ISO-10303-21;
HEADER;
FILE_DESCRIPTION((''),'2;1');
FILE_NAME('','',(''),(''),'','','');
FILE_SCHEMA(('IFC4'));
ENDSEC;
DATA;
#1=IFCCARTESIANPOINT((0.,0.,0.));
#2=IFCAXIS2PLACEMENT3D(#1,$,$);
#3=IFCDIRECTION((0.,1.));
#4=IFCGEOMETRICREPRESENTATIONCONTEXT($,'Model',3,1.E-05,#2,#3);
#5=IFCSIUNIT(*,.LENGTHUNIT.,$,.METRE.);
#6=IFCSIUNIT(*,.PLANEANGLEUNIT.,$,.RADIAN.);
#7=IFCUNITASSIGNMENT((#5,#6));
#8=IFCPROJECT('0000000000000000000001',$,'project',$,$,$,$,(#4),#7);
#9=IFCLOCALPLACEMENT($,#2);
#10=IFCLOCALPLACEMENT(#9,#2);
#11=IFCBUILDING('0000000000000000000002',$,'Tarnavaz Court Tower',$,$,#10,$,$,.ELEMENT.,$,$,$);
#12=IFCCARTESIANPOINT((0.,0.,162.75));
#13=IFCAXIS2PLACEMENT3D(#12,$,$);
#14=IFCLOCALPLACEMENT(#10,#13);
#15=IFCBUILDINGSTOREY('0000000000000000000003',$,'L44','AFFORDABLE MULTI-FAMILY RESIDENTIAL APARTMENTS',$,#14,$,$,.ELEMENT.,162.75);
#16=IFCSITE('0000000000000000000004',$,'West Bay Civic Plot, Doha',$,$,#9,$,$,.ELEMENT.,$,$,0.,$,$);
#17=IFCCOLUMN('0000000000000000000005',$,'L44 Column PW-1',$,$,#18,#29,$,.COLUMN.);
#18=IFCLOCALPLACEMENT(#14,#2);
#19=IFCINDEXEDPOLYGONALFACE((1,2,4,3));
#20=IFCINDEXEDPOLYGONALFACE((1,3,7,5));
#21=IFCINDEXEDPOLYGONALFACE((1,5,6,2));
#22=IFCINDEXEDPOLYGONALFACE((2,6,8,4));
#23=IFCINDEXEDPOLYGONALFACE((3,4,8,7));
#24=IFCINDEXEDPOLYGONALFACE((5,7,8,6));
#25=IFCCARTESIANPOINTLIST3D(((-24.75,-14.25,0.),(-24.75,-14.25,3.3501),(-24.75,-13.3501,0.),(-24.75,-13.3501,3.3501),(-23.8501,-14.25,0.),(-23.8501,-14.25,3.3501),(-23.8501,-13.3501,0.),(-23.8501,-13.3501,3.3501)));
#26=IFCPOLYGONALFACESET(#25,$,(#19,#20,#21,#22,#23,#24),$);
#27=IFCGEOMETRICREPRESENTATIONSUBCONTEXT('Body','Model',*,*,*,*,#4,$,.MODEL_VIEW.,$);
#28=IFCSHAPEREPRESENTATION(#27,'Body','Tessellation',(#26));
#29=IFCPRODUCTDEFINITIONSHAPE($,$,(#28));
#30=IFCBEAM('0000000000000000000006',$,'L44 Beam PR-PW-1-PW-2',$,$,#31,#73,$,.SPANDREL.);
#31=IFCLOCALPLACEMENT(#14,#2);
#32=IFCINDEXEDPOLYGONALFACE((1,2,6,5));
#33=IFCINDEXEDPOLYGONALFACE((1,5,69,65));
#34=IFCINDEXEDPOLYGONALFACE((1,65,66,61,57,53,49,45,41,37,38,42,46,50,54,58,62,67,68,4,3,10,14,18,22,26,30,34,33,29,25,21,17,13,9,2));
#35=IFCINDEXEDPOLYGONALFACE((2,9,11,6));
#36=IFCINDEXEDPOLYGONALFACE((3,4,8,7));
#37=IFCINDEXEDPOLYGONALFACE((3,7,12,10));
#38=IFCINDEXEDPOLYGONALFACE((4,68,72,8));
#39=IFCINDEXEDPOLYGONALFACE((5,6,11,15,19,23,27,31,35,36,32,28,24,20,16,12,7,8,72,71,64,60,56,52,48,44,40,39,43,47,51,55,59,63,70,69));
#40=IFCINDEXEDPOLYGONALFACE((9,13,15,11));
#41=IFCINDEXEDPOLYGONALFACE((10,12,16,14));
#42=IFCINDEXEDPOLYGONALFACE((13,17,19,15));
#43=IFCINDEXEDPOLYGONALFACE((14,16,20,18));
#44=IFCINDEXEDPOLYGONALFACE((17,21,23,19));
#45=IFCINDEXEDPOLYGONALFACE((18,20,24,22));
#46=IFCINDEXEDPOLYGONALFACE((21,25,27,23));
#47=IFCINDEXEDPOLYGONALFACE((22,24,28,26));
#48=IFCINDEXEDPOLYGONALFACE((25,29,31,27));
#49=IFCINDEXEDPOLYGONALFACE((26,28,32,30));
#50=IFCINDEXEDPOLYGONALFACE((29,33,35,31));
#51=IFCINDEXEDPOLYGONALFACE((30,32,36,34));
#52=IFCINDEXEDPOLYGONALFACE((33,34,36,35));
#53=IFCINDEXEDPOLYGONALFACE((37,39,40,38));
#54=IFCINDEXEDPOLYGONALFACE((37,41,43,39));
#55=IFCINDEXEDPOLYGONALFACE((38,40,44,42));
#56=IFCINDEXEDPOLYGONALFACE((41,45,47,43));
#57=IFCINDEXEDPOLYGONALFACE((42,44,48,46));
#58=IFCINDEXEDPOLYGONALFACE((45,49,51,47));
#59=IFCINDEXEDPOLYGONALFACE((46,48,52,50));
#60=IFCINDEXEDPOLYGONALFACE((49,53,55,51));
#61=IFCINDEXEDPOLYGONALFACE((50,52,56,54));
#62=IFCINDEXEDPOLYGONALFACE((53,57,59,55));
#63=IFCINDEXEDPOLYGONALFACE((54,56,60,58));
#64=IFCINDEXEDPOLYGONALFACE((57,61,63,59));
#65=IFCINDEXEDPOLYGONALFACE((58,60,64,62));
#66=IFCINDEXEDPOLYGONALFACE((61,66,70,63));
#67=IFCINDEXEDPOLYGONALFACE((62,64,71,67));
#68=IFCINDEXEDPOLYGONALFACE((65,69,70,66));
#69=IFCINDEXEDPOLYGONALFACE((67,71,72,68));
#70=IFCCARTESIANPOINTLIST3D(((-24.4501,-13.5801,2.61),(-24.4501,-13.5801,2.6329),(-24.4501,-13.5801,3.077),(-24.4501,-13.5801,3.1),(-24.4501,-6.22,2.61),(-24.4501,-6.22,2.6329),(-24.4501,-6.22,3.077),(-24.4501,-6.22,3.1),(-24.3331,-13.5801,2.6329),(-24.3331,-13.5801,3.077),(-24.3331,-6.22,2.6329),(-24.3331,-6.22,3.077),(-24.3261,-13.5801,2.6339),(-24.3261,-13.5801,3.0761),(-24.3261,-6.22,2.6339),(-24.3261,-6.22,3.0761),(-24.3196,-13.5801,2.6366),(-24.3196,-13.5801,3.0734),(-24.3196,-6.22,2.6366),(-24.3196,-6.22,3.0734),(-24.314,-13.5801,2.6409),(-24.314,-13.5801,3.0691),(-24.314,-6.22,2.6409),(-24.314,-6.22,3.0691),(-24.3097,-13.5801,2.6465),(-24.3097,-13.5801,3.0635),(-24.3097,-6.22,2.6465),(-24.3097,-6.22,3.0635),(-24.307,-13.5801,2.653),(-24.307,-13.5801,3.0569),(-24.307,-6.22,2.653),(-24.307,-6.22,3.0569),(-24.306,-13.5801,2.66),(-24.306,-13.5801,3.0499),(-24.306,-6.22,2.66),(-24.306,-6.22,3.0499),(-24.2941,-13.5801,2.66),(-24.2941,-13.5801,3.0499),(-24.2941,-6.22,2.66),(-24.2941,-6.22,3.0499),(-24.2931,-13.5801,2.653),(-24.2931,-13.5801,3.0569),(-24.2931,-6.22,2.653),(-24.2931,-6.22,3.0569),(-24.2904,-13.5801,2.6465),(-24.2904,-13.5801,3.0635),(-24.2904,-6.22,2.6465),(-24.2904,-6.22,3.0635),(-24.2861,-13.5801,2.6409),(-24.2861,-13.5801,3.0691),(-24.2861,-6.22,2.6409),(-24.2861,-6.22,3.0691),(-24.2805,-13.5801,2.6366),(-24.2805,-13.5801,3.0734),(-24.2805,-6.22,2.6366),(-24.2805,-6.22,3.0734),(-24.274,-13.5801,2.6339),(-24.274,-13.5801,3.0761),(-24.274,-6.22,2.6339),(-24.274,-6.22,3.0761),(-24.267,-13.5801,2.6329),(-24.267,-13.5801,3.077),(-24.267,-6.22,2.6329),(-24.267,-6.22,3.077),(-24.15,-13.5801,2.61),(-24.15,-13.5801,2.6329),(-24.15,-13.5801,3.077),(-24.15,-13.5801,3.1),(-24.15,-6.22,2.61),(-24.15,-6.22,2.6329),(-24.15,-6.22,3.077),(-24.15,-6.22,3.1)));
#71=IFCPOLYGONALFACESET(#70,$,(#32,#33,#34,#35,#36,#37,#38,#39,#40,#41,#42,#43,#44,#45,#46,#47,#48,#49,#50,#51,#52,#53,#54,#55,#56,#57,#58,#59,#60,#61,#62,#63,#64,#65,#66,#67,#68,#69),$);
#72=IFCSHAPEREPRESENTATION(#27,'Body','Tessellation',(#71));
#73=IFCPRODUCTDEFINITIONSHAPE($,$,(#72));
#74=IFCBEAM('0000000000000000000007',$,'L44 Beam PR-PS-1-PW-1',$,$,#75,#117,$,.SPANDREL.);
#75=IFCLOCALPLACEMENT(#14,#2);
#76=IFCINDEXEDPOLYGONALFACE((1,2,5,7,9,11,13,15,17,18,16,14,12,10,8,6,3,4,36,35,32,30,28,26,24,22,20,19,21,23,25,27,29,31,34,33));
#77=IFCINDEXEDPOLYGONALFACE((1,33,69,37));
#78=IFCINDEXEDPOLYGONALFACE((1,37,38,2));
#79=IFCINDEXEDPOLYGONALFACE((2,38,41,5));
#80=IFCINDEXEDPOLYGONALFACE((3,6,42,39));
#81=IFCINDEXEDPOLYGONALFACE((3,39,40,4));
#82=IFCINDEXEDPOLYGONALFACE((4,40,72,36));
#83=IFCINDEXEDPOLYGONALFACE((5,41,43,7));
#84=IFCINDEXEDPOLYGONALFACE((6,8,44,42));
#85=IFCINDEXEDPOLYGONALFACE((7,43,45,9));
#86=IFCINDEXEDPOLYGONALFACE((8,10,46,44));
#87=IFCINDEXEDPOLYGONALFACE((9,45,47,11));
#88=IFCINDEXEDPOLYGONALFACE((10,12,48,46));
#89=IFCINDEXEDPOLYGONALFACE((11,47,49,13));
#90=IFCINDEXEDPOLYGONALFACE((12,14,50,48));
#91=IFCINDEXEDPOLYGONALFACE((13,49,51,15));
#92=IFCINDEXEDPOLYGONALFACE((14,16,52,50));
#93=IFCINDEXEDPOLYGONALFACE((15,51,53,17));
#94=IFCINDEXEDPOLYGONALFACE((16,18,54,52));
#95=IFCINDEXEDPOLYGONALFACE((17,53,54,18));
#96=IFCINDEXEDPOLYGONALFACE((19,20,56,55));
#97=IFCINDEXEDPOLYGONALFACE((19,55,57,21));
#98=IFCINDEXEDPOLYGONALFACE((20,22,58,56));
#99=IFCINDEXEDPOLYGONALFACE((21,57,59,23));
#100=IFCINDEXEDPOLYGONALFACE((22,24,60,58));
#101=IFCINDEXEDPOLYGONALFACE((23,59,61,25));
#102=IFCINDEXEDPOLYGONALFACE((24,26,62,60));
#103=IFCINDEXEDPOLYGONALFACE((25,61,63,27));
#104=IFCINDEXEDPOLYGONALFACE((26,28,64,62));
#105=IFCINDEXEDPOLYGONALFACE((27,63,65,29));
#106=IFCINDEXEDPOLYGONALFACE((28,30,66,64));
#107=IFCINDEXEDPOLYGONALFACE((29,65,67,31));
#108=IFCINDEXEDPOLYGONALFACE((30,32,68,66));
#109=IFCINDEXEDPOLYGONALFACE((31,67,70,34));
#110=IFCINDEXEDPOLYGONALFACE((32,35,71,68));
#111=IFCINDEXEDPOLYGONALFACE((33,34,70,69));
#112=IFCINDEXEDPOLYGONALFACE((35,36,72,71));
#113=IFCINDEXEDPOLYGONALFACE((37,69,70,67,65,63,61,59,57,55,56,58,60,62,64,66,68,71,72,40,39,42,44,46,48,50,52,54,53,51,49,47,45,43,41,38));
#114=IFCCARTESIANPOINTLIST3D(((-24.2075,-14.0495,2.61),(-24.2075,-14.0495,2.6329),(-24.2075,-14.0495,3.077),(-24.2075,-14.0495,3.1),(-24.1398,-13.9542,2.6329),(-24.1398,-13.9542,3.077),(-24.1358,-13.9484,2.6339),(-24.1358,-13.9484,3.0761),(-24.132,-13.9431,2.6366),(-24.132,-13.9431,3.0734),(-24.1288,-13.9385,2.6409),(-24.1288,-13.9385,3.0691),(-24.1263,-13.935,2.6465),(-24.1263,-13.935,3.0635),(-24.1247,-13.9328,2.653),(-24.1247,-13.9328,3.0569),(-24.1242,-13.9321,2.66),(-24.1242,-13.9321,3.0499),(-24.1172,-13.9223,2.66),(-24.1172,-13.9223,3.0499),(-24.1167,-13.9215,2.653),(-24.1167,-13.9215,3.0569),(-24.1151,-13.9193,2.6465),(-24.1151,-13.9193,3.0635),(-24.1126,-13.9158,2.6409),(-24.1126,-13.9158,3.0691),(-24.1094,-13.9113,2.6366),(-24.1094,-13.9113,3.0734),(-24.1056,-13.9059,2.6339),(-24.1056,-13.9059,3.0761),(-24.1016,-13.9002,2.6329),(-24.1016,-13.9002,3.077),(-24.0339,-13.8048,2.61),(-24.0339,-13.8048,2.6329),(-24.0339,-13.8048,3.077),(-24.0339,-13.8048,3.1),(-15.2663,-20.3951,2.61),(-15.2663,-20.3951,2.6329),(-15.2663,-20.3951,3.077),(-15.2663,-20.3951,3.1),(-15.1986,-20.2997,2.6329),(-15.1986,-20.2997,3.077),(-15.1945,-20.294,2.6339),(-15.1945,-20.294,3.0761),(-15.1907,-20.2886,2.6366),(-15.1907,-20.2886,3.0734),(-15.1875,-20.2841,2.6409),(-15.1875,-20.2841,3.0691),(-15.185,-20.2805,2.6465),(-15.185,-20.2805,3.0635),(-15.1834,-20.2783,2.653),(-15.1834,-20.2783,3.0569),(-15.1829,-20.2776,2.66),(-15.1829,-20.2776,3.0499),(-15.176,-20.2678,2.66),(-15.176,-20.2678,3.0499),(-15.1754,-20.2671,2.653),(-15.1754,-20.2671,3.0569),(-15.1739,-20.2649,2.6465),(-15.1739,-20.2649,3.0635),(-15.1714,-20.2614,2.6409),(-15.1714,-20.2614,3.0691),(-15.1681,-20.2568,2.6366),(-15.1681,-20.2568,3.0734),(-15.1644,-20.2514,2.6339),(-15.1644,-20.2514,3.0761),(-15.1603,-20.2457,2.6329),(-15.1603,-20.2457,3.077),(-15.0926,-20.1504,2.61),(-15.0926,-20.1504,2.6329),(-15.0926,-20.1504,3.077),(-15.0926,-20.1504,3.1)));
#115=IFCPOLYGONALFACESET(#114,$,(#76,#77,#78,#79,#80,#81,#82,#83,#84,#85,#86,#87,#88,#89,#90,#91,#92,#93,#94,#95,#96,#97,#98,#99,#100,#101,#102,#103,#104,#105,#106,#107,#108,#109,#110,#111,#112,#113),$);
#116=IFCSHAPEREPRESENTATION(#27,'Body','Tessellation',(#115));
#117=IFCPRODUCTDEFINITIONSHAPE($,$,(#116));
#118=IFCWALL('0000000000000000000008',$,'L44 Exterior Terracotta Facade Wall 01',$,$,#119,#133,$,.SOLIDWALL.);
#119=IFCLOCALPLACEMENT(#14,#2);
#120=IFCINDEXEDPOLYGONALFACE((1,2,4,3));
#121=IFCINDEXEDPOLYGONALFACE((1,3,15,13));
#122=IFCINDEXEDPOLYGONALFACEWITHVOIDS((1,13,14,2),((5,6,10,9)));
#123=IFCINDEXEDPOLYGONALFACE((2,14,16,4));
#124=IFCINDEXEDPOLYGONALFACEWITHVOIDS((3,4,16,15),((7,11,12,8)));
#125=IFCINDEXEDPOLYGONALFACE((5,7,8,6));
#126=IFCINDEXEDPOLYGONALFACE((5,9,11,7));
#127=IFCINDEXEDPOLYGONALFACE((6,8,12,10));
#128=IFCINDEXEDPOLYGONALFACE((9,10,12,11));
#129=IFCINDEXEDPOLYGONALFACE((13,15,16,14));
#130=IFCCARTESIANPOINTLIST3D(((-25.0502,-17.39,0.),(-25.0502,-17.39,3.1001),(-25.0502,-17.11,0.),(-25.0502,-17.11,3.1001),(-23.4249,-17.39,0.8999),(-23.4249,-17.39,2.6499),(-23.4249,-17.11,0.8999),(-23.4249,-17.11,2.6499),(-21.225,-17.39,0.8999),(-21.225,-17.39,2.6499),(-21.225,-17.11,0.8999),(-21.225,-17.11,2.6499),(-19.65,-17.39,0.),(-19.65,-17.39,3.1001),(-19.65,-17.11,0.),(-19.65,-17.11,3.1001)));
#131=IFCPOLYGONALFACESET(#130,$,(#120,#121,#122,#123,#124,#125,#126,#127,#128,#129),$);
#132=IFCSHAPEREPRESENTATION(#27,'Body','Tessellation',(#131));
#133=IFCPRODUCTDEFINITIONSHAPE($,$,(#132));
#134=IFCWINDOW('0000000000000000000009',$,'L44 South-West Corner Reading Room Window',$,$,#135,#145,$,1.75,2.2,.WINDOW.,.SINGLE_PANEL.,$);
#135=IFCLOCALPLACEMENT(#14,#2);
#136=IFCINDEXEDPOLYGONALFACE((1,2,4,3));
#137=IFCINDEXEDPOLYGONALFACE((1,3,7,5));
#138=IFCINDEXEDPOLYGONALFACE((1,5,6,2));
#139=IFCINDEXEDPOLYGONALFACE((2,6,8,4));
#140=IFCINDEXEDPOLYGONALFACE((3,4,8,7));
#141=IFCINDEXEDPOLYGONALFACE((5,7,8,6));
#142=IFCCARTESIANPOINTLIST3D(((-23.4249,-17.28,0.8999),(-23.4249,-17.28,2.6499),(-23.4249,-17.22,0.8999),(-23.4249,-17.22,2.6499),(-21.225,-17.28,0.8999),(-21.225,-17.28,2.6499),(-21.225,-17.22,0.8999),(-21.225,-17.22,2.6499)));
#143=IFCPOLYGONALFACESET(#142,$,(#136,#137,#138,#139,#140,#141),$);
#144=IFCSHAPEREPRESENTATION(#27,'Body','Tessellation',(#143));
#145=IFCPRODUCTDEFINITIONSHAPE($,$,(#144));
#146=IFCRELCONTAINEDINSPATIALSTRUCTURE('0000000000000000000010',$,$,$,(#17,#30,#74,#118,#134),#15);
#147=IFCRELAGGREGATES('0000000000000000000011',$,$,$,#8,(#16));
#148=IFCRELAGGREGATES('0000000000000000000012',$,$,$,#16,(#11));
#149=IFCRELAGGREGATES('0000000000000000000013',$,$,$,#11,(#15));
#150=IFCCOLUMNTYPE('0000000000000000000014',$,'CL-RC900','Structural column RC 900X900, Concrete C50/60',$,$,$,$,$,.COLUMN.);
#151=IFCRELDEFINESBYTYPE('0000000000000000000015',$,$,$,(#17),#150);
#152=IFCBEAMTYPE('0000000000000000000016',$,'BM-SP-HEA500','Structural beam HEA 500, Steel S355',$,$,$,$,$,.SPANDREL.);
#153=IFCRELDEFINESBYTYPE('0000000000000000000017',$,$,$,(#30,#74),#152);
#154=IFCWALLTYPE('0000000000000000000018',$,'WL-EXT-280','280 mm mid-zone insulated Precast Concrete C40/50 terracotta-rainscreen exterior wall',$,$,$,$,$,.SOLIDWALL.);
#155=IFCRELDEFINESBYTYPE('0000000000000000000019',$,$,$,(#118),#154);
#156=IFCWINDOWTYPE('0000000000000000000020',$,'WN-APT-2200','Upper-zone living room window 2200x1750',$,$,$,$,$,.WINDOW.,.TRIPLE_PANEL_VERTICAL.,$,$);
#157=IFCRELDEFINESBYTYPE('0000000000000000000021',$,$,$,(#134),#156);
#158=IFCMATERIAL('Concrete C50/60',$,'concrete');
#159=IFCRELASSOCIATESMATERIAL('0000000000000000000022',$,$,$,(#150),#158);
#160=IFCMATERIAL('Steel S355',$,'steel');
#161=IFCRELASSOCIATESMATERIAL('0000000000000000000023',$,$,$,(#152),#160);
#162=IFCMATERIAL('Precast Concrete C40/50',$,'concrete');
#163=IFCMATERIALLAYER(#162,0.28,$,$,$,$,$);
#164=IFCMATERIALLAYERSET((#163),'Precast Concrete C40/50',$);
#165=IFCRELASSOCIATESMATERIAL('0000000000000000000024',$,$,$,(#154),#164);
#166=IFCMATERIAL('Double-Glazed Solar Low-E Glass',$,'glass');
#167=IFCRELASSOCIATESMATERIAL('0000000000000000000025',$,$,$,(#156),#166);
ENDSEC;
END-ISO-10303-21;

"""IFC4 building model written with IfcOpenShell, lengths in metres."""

from ifc_helpers import new_model, si_unit, direction, frame, frame_2d, origin, origin_2d, place, context, subcontext, project, spatial, rectangle, i_section, extrude, material, layer, layer_set, material_profile, profile_set, type_object, element, fill, save


model = new_model("IFC4")

# Units and contexts
model_context = context("Model", 3, precision=1e-05, world=origin(), true_north=direction((0.0, 1.0)))
body_context = subcontext(model_context, "Body", "Model", "MODEL_VIEW")
ifc_project = project(units=[si_unit("LENGTHUNIT", "METRE"), si_unit("PLANEANGLEUNIT", "RADIAN")], contexts=[model_context])

# Site, building, storey
site_placement = place(None, origin())
site = spatial("IfcSite", under=ifc_project, at=site_placement, Name="West Bay Civic Plot, Doha", CompositionType="ELEMENT", RefElevation=0.0)
building_placement = place(site_placement, origin())
building = spatial("IfcBuilding", under=site, at=building_placement, Name="Tarnavaz Court Tower", CompositionType="ELEMENT")
storey_placement = place(building_placement, frame((0.0, 0.0, 162.75)))
storey = spatial("IfcBuildingStorey", under=building, at=storey_placement, Name="L44", Description="AFFORDABLE MULTI-FAMILY RESIDENTIAL APARTMENTS", CompositionType="ELEMENT", Elevation=162.75)

# Column
ifc_material_1 = material(Name="Concrete C50/60", Category="concrete")
ifc_material_profile_1 = material_profile(ifc_material_1, rectangle(XDim=0.8999, YDim=0.8999, at=origin_2d()), Name="RC 900X900")
ifc_profile_set_1 = profile_set([ifc_material_profile_1], Name="Concrete C50/60")
column_type = type_object("IfcColumnType", Name="CL-RC900", Description="Structural column RC 900X900, Concrete C50/60", PredefinedType="COLUMN", material=ifc_profile_set_1)
column_placement = place(storey_placement, frame((-24.3, -13.8, 0.0), z_axis=(0.0, 0.0, 1.0), x_axis=(1.0, 0.0, 0.0)))
element("IfcColumn", 1, at=column_placement, inside=storey, type_object=column_type, Name="L44 Column PW-1", PredefinedType="COLUMN", context=body_context, shape_type="SweptSolid", body=[
    extrude(rectangle(XDim=0.8999, YDim=0.8999, at=origin_2d()), origin(), (0.0, 0.0, 1.0), 3.3501),
])

# Beams
ifc_material_2 = material(Name="Steel S355", Category="steel")
ifc_material_profile_2 = material_profile(ifc_material_2, i_section(OverallWidth=0.3, OverallDepth=0.49, WebThickness=0.012, FlangeThickness=0.0229, FilletRadius=0.0271, at=origin_2d()), Name="HEA 500")
ifc_profile_set_2 = profile_set([ifc_material_profile_2], Name="Steel S355")
beam_type = type_object("IfcBeamType", Name="BM-SP-HEA500", Description="Structural beam HEA 500, Steel S355", PredefinedType="SPANDREL", material=ifc_profile_set_2)
beam_1_placement = place(storey_placement, frame((-24.3, -13.5801, 2.855), z_axis=(0.0, 1.0, 0.0), x_axis=(-1.0, 0.0, 0.0)))
element("IfcBeam", 2, at=beam_1_placement, inside=storey, type_object=beam_type, Name="L44 Beam PR-PW-1-PW-2", PredefinedType="SPANDREL", context=body_context, shape_type="SweptSolid", body=[
    extrude(i_section(OverallWidth=0.3, OverallDepth=0.49, WebThickness=0.012, FlangeThickness=0.0229, FilletRadius=0.0271, at=origin_2d()), origin(), (0.0, 0.0, 1.0), 7.3601),
])
beam_2_placement = place(storey_placement, frame((-15.1794, -20.2727, 2.855), z_axis=(-0.815502, 0.578754, 0.0), x_axis=(-0.578754, -0.815502, 0.0)))
element("IfcBeam", 3, at=beam_2_placement, inside=storey, type_object=beam_type, Name="L44 Beam PR-PS-1-PW-1", PredefinedType="SPANDREL", context=body_context, shape_type="SweptSolid", body=[
    extrude(i_section(OverallWidth=0.3, OverallDepth=0.49, WebThickness=0.012, FlangeThickness=0.0229, FilletRadius=0.0271, at=origin_2d()), origin(), (0.0, 0.0, 1.0), 10.9641),
])

# Wall, opening, window
ifc_material_3 = material(Name="Precast Concrete C40/50", Category="concrete")
ifc_layer_1 = layer(ifc_material_3, 0.28)
ifc_layer_set_1 = layer_set([ifc_layer_1], Name="Precast Concrete C40/50")
wall_type_1 = type_object("IfcWallType", Name="WL-EXT-280", Description="280 mm mid-zone insulated Precast Concrete C40/50 terracotta-rainscreen exterior wall", PredefinedType="SOLIDWALL", material=ifc_layer_set_1)
wall_1_placement = place(storey_placement, frame((-19.6499, -17.25, 0.0), z_axis=(0.0, 0.0, 1.0), x_axis=(-1.0, 0.0, 0.0)))
wall_1 = element("IfcWall", 4, at=wall_1_placement, inside=storey, type_object=wall_type_1, Name="L44 Exterior Terracotta Facade Wall 01", PredefinedType="SOLIDWALL", context=body_context, shape_type="SweptSolid", body=[
    extrude(rectangle(XDim=5.4001, YDim=0.28, at=frame_2d((2.7002, 0.0))), origin(), (0.0, 0.0, 1.0), 3.1001),
])
opening_1_placement = place(wall_1_placement, frame((1.575, 0.0, 0.8999)))
opening_1 = element("IfcOpeningElement", 5, at=opening_1_placement, cuts=wall_1, PredefinedType="OPENING", context=body_context, shape_type="SweptSolid", body=[
    extrude(rectangle(XDim=2.2, YDim=1.75, at=frame_2d((1.1001, 0.875))), frame((0.0, 0.1499, 0.0), z_axis=(0.0, -1.0, 0.0), x_axis=(1.0, 0.0, 0.0)), (0.0, 0.0, 1.0), 0.3),
])
ifc_material_4 = material(Name="Double-Glazed Solar Low-E Glass", Category="glass")
window_type_1 = type_object("IfcWindowType", Name="WN-APT-2200", Description="Upper-zone living room window 2200x1750", PartitioningType="TRIPLE_PANEL_VERTICAL", PredefinedType="WINDOW", material=ifc_material_4)
window_1_placement = place(opening_1_placement, origin())
window_1 = element("IfcWindow", 6, at=window_1_placement, inside=storey, type_object=window_type_1, Name="L44 South-West Corner Reading Room Window", OverallHeight=1.75, OverallWidth=2.2, PartitioningType="SINGLE_PANEL", PredefinedType="WINDOW", context=body_context, shape_type="SweptSolid", body=[
    extrude(rectangle(XDim=2.2, YDim=1.75, at=frame_2d((1.1001, 0.875))), frame((0.0, 0.03, 0.0), z_axis=(0.0, -1.0, 0.0), x_axis=(1.0, 0.0, 0.0)), (0.0, 0.0, 1.0), 0.0601),
])
fill(opening_1, window_1)

save(model, "model.ifc")
